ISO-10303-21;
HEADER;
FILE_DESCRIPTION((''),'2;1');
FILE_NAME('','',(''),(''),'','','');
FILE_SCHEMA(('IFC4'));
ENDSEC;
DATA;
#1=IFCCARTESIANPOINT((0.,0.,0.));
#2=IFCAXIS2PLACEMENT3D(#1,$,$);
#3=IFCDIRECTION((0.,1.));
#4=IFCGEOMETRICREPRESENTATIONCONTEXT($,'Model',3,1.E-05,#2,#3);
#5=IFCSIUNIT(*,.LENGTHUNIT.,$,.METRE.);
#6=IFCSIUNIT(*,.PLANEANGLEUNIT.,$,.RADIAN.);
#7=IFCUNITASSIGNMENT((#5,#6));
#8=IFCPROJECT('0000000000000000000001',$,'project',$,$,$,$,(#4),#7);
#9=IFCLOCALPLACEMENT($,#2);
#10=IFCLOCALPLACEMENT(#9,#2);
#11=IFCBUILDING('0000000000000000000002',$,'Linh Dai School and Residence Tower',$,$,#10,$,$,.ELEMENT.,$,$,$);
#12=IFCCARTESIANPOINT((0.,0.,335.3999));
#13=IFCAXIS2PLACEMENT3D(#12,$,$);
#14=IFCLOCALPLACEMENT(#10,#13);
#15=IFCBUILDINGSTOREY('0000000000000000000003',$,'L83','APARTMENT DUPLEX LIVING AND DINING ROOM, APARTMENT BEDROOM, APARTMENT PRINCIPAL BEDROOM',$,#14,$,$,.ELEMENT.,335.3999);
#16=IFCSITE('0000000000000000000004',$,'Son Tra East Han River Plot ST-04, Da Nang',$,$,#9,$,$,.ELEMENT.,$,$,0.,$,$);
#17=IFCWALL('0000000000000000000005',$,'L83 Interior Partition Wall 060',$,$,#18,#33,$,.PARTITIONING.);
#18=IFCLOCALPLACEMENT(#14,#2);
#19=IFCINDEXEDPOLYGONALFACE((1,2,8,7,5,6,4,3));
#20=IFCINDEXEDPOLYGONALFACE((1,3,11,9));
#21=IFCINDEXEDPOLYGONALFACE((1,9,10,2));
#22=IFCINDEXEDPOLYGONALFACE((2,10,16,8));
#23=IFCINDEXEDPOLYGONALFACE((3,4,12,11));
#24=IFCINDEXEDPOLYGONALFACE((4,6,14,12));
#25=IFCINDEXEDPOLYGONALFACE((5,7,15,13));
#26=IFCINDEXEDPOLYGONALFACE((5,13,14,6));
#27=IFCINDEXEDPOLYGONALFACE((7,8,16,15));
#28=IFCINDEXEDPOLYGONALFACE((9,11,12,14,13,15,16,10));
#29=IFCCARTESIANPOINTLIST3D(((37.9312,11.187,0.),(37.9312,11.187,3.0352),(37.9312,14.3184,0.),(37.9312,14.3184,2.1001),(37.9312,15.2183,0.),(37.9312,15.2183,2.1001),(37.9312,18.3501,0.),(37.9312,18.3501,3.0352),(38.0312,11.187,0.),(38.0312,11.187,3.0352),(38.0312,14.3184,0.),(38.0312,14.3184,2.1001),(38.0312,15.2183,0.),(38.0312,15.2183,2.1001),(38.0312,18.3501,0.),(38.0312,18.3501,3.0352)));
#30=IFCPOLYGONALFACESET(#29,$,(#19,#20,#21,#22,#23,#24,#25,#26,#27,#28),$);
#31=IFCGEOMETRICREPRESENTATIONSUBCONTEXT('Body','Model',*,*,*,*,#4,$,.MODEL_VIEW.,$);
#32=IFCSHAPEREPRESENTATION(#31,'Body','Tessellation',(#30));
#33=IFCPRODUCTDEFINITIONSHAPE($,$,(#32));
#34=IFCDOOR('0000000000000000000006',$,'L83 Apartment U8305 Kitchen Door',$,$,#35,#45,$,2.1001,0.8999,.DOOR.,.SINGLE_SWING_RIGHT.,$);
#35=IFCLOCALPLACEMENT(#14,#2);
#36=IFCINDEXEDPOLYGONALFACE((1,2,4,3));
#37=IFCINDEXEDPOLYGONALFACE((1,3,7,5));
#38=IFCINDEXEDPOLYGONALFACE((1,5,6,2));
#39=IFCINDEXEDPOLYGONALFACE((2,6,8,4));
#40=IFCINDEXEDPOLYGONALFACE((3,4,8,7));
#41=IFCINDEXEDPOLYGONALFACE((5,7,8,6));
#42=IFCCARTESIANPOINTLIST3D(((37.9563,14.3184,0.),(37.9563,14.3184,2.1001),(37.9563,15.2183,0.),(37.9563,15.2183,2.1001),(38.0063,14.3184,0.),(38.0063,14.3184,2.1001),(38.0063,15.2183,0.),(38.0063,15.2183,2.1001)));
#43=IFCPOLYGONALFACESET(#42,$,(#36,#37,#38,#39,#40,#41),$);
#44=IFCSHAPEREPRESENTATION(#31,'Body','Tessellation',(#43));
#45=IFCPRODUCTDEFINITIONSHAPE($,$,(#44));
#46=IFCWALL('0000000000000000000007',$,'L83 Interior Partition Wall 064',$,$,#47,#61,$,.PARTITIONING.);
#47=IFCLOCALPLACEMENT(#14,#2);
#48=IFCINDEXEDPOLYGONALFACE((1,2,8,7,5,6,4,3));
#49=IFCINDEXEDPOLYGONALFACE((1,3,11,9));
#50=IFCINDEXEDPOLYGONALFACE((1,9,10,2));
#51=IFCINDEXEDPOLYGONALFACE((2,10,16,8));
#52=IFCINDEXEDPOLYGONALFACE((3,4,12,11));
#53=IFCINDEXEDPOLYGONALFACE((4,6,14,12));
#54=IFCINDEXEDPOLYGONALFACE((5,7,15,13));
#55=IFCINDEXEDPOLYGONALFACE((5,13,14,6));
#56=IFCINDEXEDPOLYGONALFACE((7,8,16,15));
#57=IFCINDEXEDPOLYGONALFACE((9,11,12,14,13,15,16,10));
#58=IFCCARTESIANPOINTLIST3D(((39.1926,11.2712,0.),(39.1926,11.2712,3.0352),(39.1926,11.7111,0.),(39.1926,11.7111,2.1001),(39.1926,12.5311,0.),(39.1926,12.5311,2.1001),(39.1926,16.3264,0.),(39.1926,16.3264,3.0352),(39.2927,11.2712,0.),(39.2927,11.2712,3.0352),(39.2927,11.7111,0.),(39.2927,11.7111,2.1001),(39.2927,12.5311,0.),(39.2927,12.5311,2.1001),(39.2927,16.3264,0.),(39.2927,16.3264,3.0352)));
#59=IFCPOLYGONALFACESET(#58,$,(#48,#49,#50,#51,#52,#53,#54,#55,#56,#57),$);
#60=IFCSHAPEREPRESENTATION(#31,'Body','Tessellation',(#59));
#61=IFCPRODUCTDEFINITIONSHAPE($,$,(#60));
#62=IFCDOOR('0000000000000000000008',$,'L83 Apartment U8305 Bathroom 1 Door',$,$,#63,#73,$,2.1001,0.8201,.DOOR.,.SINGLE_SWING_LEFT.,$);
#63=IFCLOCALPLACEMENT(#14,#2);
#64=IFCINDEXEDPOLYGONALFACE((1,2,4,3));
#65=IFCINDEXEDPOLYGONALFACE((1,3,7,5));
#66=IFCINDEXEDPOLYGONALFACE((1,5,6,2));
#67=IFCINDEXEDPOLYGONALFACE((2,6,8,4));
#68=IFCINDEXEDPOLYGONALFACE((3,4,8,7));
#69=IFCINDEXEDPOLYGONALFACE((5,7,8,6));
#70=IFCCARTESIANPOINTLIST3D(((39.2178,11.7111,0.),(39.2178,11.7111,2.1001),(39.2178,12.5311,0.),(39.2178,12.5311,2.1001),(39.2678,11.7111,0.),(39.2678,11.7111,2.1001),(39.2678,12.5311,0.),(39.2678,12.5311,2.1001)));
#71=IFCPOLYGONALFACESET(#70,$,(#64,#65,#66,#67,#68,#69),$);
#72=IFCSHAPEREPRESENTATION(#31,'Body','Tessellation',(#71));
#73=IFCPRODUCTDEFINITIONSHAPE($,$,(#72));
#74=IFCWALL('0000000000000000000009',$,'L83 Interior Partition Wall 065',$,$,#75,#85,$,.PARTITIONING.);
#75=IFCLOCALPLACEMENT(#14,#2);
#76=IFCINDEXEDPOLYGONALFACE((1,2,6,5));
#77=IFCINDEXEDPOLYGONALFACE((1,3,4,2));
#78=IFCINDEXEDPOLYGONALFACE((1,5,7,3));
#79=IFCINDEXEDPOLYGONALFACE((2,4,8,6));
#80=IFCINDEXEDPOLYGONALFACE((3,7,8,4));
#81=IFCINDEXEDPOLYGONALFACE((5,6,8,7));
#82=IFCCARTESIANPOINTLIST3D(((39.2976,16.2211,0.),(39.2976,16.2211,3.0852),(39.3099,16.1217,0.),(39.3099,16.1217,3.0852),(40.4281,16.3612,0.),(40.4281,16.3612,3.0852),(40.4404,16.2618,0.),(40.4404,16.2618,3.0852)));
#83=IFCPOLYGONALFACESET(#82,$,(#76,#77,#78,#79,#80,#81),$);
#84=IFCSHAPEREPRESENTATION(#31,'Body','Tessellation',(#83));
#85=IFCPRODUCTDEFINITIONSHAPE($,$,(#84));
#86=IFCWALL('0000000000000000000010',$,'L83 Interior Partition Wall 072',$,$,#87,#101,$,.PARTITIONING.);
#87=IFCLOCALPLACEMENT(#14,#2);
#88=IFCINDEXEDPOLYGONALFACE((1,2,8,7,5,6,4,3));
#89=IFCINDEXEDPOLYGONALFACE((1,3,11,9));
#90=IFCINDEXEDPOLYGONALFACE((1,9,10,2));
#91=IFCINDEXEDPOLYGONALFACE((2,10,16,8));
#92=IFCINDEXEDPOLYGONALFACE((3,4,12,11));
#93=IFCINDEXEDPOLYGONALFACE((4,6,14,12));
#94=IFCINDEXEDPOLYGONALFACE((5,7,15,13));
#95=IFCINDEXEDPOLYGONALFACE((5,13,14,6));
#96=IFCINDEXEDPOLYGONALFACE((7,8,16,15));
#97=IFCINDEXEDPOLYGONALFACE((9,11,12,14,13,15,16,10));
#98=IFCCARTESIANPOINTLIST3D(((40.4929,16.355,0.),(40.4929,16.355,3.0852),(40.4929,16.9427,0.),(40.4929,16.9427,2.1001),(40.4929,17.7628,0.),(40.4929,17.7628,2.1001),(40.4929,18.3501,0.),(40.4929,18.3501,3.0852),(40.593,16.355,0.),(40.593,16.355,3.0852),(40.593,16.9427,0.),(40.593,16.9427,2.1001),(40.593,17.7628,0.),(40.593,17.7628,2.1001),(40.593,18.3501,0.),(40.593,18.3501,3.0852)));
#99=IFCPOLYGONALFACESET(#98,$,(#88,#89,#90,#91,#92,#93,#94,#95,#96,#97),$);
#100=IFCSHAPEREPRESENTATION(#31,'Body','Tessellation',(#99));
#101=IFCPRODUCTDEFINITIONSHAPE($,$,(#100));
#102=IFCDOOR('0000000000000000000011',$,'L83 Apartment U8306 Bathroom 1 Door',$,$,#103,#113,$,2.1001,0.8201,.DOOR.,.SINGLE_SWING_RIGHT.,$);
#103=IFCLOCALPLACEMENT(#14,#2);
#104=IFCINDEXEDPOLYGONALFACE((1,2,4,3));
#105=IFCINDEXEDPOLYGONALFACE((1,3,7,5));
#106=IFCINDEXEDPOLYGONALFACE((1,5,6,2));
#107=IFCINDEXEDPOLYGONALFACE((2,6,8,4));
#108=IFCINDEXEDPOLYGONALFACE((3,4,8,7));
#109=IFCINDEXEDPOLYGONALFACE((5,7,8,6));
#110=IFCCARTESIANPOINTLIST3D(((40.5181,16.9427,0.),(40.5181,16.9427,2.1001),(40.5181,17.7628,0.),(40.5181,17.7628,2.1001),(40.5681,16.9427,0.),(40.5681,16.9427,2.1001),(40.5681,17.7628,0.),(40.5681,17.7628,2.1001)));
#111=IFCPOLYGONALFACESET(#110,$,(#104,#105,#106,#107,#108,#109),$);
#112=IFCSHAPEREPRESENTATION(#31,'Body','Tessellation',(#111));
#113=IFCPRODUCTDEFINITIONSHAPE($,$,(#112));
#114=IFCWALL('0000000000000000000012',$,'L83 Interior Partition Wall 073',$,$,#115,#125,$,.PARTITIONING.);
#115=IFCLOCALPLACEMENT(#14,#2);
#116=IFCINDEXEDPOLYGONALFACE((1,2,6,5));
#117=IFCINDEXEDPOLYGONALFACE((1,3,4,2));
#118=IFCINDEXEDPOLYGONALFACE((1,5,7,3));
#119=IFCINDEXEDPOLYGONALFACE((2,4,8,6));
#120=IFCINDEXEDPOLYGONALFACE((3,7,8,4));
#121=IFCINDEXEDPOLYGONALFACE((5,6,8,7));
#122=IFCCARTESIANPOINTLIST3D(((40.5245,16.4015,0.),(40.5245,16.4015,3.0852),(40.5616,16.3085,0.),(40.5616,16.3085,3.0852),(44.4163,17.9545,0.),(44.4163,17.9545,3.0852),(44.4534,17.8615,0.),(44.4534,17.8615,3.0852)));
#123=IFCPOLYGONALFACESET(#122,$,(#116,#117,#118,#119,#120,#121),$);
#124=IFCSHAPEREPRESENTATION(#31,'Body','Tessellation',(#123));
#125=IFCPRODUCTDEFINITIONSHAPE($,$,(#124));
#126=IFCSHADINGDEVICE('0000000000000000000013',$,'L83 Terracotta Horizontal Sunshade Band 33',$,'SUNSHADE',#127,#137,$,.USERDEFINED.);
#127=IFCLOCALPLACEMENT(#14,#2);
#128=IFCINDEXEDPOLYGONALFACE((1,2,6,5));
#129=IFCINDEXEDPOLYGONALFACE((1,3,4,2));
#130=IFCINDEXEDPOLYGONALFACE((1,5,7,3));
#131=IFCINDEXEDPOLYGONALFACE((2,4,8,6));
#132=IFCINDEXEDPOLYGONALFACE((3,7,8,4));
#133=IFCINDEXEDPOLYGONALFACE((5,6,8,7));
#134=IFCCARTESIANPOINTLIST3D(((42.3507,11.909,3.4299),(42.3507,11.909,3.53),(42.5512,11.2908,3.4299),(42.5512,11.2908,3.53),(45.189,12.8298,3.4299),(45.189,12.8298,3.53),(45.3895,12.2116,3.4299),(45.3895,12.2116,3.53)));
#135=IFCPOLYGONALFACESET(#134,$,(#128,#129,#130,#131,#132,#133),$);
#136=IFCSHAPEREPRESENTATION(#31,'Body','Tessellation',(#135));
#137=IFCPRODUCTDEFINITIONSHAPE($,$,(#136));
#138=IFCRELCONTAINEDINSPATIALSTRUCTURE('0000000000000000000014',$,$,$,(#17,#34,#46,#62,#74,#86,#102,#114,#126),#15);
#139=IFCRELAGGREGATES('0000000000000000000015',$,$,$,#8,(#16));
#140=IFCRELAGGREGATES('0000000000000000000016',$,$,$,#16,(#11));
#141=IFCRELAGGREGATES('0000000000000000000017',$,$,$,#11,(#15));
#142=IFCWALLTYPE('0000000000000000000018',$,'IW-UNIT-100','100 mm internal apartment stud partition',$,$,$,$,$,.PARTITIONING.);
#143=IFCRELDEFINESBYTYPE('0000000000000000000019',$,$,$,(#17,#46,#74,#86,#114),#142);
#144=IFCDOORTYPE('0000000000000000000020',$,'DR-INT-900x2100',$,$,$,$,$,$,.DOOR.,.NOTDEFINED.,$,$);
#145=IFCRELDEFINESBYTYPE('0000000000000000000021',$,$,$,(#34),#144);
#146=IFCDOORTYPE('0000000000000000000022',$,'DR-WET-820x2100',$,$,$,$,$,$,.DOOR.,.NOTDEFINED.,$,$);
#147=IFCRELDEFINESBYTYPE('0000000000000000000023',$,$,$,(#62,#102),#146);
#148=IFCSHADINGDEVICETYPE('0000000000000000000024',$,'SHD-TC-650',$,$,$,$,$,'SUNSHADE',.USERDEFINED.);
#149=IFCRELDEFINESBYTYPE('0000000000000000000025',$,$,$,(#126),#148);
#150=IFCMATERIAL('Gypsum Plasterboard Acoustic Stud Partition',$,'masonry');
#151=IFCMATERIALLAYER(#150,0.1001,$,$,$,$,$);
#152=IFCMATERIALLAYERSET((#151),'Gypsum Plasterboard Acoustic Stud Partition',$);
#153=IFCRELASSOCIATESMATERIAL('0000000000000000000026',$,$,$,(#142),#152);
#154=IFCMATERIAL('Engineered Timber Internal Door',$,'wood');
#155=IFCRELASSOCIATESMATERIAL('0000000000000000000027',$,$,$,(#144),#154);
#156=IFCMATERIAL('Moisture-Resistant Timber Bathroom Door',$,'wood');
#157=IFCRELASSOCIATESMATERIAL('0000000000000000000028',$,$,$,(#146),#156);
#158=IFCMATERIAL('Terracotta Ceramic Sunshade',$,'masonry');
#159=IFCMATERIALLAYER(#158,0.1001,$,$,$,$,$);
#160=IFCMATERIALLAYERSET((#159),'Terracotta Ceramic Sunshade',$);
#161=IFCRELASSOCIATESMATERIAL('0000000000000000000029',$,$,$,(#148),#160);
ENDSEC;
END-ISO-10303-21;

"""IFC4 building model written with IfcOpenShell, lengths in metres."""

from ifc_helpers import new_model, si_unit, direction, frame, frame_2d, origin, origin_2d, place, context, subcontext, project, spatial, rectangle, extrude, source, transform, mapped, material, layer, layer_set, type_object, element, fill, save


model = new_model("IFC4")

# Units and contexts
model_context = context("Model", 3, precision=1e-05, world=origin(), true_north=direction((0.0, 1.0)))
body_context = subcontext(model_context, "Body", "Model", "MODEL_VIEW")
ifc_project = project(units=[si_unit("LENGTHUNIT", "METRE"), si_unit("PLANEANGLEUNIT", "RADIAN")], contexts=[model_context])

# Site, building, storey
site_placement = place(None, origin())
site = spatial("IfcSite", under=ifc_project, at=site_placement, Name="Son Tra East Han River Plot ST-04, Da Nang", CompositionType="ELEMENT", RefElevation=0.0)
building_placement = place(site_placement, origin())
building = spatial("IfcBuilding", under=site, at=building_placement, Name="Linh Dai School and Residence Tower", CompositionType="ELEMENT")
storey_placement = place(building_placement, frame((0.0, 0.0, 335.3999)))
storey = spatial("IfcBuildingStorey", under=building, at=storey_placement, Name="L83", Description="APARTMENT DUPLEX LIVING AND DINING ROOM, APARTMENT BEDROOM, APARTMENT PRINCIPAL BEDROOM", CompositionType="ELEMENT", Elevation=335.3999)

# Walls, openings, doors
ifc_material_1 = material(Name="Gypsum Plasterboard Acoustic Stud Partition", Category="masonry")
ifc_layer_1 = layer(ifc_material_1, 0.1001)
ifc_layer_set_1 = layer_set([ifc_layer_1], Name="Gypsum Plasterboard Acoustic Stud Partition")
wall_type_1 = type_object("IfcWallType", Name="IW-UNIT-100", Description="100 mm internal apartment stud partition", PredefinedType="PARTITIONING", material=ifc_layer_set_1)
wall_1_placement = place(storey_placement, frame((37.9812, 11.187, 0.0), z_axis=(0.0, 0.0, 1.0), x_axis=(0.0, 1.0, 0.0)))
wall_1 = element("IfcWall", 1, at=wall_1_placement, inside=storey, type_object=wall_type_1, Name="L83 Interior Partition Wall 060", PredefinedType="PARTITIONING", context=body_context, shape_type="SweptSolid", body=[
    extrude(rectangle(XDim=7.1631, YDim=0.1001, at=frame_2d((3.5815, 0.0))), origin(), (0.0, 0.0, 1.0), 3.0352),
])
opening_1_placement = place(wall_1_placement, frame((3.1313, 0.0, 0.0)))
opening_1 = element("IfcOpeningElement", 2, at=opening_1_placement, cuts=wall_1, PredefinedType="OPENING", context=body_context, shape_type="SweptSolid", body=[
    extrude(rectangle(XDim=0.8999, YDim=2.1001, at=origin_2d()), frame((0.45, 0.0601, 1.05), z_axis=(0.0, -1.0, 0.0), x_axis=(1.0, 0.0, 0.0)), (0.0, 0.0, 1.0), 0.1201),
])
ifc_material_2 = material(Name="Engineered Timber Internal Door", Category="wood")
door_type_1 = type_object("IfcDoorType", Name="DR-INT-900x2100", OperationType="NOTDEFINED", PredefinedType="DOOR", material=ifc_material_2)
shared_shape_1 = source(origin(), body_context, "Body", "SweptSolid", [
    extrude(rectangle(XDim=0.8999, YDim=2.1001, at=origin_2d()), frame((0.45, 0.0249, 1.05), z_axis=(0.0, -1.0, 0.0), x_axis=(1.0, 0.0, 0.0)), (0.0, 0.0, 1.0), 0.05),
])
door_1_placement = place(opening_1_placement, origin())
door_1 = element("IfcDoor", 3, at=door_1_placement, inside=storey, type_object=door_type_1, Name="L83 Apartment U8305 Kitchen Door", OperationType="SINGLE_SWING_RIGHT", OverallHeight=2.1001, OverallWidth=0.8999, PredefinedType="DOOR", context=body_context, shape_type="MappedRepresentation", body=[
    mapped(shared_shape_1, transform((0.0, 0.0, 0.0), x_axis=(1.0, 0.0, 0.0), y_axis=(0.0, 1.0, 0.0), z_axis=(0.0, 0.0, 1.0), scale=1.0)),
])
fill(opening_1, door_1)
wall_2_placement = place(storey_placement, frame((39.2427, 11.2712, 0.0), z_axis=(0.0, 0.0, 1.0), x_axis=(0.0, 1.0, 0.0)))
wall_2 = element("IfcWall", 4, at=wall_2_placement, inside=storey, type_object=wall_type_1, Name="L83 Interior Partition Wall 064", PredefinedType="PARTITIONING", context=body_context, shape_type="SweptSolid", body=[
    extrude(rectangle(XDim=5.0552, YDim=0.1001, at=frame_2d((2.5276, 0.0))), origin(), (0.0, 0.0, 1.0), 3.0352),
])
opening_2_placement = place(wall_2_placement, frame((0.4397, 0.0, 0.0)))
opening_2 = element("IfcOpeningElement", 5, at=opening_2_placement, cuts=wall_2, PredefinedType="OPENING", context=body_context, shape_type="SweptSolid", body=[
    extrude(rectangle(XDim=0.8201, YDim=2.1001, at=origin_2d()), frame((0.4102, 0.0601, 1.05), z_axis=(0.0, -1.0, 0.0), x_axis=(1.0, 0.0, 0.0)), (0.0, 0.0, 1.0), 0.1201),
])
ifc_material_3 = material(Name="Moisture-Resistant Timber Bathroom Door", Category="wood")
door_type_2 = type_object("IfcDoorType", Name="DR-WET-820x2100", OperationType="NOTDEFINED", PredefinedType="DOOR", material=ifc_material_3)
shared_shape_2 = source(origin(), body_context, "Body", "SweptSolid", [
    extrude(rectangle(XDim=0.8201, YDim=2.1001, at=origin_2d()), frame((0.4102, 0.0249, 1.05), z_axis=(0.0, -1.0, 0.0), x_axis=(1.0, 0.0, 0.0)), (0.0, 0.0, 1.0), 0.05),
])
door_2_placement = place(opening_2_placement, origin())
door_2 = element("IfcDoor", 6, at=door_2_placement, inside=storey, type_object=door_type_2, Name="L83 Apartment U8305 Bathroom 1 Door", OperationType="SINGLE_SWING_LEFT", OverallHeight=2.1001, OverallWidth=0.8201, PredefinedType="DOOR", context=body_context, shape_type="MappedRepresentation", body=[
    mapped(shared_shape_2, transform((0.0, 0.0, 0.0), x_axis=(1.0, 0.0, 0.0), y_axis=(0.0, 1.0, 0.0), z_axis=(0.0, 0.0, 1.0), scale=1.0)),
])
fill(opening_2, door_2)

# Wall
wall_3_placement = place(storey_placement, frame((39.3037, 16.1714, 0.0), z_axis=(0.0, 0.0, 1.0), x_axis=(0.992406, 0.123006, 0.0)))
element("IfcWall", 7, at=wall_3_placement, inside=storey, type_object=wall_type_1, Name="L83 Interior Partition Wall 065", PredefinedType="PARTITIONING", context=body_context, shape_type="SweptSolid", body=[
    extrude(rectangle(XDim=1.1392, YDim=0.1001, at=frame_2d((0.5696, 0.0))), origin(), (0.0, 0.0, 1.0), 3.0852),
])

# Wall, opening, door
wall_4_placement = place(storey_placement, frame((40.543, 16.355, 0.0), z_axis=(0.0, 0.0, 1.0), x_axis=(0.0, 1.0, 0.0)))
wall_4 = element("IfcWall", 8, at=wall_4_placement, inside=storey, type_object=wall_type_1, Name="L83 Interior Partition Wall 072", PredefinedType="PARTITIONING", context=body_context, shape_type="SweptSolid", body=[
    extrude(rectangle(XDim=1.9951, YDim=0.1001, at=frame_2d((0.9976, 0.0))), origin(), (0.0, 0.0, 1.0), 3.0852),
])
opening_3_placement = place(wall_4_placement, frame((0.5876, 0.0, 0.0)))
opening_3 = element("IfcOpeningElement", 9, at=opening_3_placement, cuts=wall_4, PredefinedType="OPENING", context=body_context, shape_type="SweptSolid", body=[
    extrude(rectangle(XDim=0.8201, YDim=2.1001, at=origin_2d()), frame((0.4102, 0.0601, 1.05), z_axis=(0.0, -1.0, 0.0), x_axis=(1.0, 0.0, 0.0)), (0.0, 0.0, 1.0), 0.1201),
])
door_3_placement = place(opening_3_placement, origin())
door_3 = element("IfcDoor", 10, at=door_3_placement, inside=storey, type_object=door_type_2, Name="L83 Apartment U8306 Bathroom 1 Door", OperationType="SINGLE_SWING_RIGHT", OverallHeight=2.1001, OverallWidth=0.8201, PredefinedType="DOOR", context=body_context, shape_type="MappedRepresentation", body=[
    mapped(shared_shape_2, transform((0.0, 0.0, 0.0), x_axis=(1.0, 0.0, 0.0), y_axis=(0.0, 1.0, 0.0), z_axis=(0.0, 0.0, 1.0), scale=1.0)),
])
fill(opening_3, door_3)

# Wall
wall_5_placement = place(storey_placement, frame((40.543, 16.355, 0.0), z_axis=(0.0, 0.0, 1.0), x_axis=(0.928786, 0.370617, 0.0)))
element("IfcWall", 11, at=wall_5_placement, inside=storey, type_object=wall_type_1, Name="L83 Interior Partition Wall 073", PredefinedType="PARTITIONING", context=body_context, shape_type="SweptSolid", body=[
    extrude(rectangle(XDim=4.1902, YDim=0.1001, at=frame_2d((2.0952, 0.0))), origin(), (0.0, 0.0, 1.0), 3.0852),
])

# Shading device
ifc_material_4 = material(Name="Terracotta Ceramic Sunshade", Category="masonry")
ifc_layer_2 = layer(ifc_material_4, 0.1001)
ifc_layer_set_2 = layer_set([ifc_layer_2], Name="Terracotta Ceramic Sunshade")
shading_device_type = type_object("IfcShadingDeviceType", Name="SHD-TC-650", ElementType="SUNSHADE", PredefinedType="USERDEFINED", material=ifc_layer_set_2)
shared_shape_3 = source(origin(), body_context, "Body", "SweptSolid", [
    extrude(rectangle(XDim=2.9839, YDim=0.6499, at=origin_2d()), origin(), (0.0, 0.0, 1.0), 0.1001),
])
shading_device_placement = place(storey_placement, frame((43.8701, 12.0603, 3.4299), z_axis=(0.0, 0.0, 1.0), x_axis=(-0.951203, -0.308565, 0.0)))
element("IfcShadingDevice", 12, at=shading_device_placement, inside=storey, type_object=shading_device_type, Name="L83 Terracotta Horizontal Sunshade Band 33", ObjectType="SUNSHADE", PredefinedType="USERDEFINED", context=body_context, shape_type="MappedRepresentation", body=[
    mapped(shared_shape_3, transform((0.0, 0.0, 0.0), x_axis=(1.0, 0.0, 0.0), y_axis=(0.0, 1.0, 0.0), z_axis=(0.0, 0.0, 1.0), scale=1.0)),
])

save(model, "model.ifc")
